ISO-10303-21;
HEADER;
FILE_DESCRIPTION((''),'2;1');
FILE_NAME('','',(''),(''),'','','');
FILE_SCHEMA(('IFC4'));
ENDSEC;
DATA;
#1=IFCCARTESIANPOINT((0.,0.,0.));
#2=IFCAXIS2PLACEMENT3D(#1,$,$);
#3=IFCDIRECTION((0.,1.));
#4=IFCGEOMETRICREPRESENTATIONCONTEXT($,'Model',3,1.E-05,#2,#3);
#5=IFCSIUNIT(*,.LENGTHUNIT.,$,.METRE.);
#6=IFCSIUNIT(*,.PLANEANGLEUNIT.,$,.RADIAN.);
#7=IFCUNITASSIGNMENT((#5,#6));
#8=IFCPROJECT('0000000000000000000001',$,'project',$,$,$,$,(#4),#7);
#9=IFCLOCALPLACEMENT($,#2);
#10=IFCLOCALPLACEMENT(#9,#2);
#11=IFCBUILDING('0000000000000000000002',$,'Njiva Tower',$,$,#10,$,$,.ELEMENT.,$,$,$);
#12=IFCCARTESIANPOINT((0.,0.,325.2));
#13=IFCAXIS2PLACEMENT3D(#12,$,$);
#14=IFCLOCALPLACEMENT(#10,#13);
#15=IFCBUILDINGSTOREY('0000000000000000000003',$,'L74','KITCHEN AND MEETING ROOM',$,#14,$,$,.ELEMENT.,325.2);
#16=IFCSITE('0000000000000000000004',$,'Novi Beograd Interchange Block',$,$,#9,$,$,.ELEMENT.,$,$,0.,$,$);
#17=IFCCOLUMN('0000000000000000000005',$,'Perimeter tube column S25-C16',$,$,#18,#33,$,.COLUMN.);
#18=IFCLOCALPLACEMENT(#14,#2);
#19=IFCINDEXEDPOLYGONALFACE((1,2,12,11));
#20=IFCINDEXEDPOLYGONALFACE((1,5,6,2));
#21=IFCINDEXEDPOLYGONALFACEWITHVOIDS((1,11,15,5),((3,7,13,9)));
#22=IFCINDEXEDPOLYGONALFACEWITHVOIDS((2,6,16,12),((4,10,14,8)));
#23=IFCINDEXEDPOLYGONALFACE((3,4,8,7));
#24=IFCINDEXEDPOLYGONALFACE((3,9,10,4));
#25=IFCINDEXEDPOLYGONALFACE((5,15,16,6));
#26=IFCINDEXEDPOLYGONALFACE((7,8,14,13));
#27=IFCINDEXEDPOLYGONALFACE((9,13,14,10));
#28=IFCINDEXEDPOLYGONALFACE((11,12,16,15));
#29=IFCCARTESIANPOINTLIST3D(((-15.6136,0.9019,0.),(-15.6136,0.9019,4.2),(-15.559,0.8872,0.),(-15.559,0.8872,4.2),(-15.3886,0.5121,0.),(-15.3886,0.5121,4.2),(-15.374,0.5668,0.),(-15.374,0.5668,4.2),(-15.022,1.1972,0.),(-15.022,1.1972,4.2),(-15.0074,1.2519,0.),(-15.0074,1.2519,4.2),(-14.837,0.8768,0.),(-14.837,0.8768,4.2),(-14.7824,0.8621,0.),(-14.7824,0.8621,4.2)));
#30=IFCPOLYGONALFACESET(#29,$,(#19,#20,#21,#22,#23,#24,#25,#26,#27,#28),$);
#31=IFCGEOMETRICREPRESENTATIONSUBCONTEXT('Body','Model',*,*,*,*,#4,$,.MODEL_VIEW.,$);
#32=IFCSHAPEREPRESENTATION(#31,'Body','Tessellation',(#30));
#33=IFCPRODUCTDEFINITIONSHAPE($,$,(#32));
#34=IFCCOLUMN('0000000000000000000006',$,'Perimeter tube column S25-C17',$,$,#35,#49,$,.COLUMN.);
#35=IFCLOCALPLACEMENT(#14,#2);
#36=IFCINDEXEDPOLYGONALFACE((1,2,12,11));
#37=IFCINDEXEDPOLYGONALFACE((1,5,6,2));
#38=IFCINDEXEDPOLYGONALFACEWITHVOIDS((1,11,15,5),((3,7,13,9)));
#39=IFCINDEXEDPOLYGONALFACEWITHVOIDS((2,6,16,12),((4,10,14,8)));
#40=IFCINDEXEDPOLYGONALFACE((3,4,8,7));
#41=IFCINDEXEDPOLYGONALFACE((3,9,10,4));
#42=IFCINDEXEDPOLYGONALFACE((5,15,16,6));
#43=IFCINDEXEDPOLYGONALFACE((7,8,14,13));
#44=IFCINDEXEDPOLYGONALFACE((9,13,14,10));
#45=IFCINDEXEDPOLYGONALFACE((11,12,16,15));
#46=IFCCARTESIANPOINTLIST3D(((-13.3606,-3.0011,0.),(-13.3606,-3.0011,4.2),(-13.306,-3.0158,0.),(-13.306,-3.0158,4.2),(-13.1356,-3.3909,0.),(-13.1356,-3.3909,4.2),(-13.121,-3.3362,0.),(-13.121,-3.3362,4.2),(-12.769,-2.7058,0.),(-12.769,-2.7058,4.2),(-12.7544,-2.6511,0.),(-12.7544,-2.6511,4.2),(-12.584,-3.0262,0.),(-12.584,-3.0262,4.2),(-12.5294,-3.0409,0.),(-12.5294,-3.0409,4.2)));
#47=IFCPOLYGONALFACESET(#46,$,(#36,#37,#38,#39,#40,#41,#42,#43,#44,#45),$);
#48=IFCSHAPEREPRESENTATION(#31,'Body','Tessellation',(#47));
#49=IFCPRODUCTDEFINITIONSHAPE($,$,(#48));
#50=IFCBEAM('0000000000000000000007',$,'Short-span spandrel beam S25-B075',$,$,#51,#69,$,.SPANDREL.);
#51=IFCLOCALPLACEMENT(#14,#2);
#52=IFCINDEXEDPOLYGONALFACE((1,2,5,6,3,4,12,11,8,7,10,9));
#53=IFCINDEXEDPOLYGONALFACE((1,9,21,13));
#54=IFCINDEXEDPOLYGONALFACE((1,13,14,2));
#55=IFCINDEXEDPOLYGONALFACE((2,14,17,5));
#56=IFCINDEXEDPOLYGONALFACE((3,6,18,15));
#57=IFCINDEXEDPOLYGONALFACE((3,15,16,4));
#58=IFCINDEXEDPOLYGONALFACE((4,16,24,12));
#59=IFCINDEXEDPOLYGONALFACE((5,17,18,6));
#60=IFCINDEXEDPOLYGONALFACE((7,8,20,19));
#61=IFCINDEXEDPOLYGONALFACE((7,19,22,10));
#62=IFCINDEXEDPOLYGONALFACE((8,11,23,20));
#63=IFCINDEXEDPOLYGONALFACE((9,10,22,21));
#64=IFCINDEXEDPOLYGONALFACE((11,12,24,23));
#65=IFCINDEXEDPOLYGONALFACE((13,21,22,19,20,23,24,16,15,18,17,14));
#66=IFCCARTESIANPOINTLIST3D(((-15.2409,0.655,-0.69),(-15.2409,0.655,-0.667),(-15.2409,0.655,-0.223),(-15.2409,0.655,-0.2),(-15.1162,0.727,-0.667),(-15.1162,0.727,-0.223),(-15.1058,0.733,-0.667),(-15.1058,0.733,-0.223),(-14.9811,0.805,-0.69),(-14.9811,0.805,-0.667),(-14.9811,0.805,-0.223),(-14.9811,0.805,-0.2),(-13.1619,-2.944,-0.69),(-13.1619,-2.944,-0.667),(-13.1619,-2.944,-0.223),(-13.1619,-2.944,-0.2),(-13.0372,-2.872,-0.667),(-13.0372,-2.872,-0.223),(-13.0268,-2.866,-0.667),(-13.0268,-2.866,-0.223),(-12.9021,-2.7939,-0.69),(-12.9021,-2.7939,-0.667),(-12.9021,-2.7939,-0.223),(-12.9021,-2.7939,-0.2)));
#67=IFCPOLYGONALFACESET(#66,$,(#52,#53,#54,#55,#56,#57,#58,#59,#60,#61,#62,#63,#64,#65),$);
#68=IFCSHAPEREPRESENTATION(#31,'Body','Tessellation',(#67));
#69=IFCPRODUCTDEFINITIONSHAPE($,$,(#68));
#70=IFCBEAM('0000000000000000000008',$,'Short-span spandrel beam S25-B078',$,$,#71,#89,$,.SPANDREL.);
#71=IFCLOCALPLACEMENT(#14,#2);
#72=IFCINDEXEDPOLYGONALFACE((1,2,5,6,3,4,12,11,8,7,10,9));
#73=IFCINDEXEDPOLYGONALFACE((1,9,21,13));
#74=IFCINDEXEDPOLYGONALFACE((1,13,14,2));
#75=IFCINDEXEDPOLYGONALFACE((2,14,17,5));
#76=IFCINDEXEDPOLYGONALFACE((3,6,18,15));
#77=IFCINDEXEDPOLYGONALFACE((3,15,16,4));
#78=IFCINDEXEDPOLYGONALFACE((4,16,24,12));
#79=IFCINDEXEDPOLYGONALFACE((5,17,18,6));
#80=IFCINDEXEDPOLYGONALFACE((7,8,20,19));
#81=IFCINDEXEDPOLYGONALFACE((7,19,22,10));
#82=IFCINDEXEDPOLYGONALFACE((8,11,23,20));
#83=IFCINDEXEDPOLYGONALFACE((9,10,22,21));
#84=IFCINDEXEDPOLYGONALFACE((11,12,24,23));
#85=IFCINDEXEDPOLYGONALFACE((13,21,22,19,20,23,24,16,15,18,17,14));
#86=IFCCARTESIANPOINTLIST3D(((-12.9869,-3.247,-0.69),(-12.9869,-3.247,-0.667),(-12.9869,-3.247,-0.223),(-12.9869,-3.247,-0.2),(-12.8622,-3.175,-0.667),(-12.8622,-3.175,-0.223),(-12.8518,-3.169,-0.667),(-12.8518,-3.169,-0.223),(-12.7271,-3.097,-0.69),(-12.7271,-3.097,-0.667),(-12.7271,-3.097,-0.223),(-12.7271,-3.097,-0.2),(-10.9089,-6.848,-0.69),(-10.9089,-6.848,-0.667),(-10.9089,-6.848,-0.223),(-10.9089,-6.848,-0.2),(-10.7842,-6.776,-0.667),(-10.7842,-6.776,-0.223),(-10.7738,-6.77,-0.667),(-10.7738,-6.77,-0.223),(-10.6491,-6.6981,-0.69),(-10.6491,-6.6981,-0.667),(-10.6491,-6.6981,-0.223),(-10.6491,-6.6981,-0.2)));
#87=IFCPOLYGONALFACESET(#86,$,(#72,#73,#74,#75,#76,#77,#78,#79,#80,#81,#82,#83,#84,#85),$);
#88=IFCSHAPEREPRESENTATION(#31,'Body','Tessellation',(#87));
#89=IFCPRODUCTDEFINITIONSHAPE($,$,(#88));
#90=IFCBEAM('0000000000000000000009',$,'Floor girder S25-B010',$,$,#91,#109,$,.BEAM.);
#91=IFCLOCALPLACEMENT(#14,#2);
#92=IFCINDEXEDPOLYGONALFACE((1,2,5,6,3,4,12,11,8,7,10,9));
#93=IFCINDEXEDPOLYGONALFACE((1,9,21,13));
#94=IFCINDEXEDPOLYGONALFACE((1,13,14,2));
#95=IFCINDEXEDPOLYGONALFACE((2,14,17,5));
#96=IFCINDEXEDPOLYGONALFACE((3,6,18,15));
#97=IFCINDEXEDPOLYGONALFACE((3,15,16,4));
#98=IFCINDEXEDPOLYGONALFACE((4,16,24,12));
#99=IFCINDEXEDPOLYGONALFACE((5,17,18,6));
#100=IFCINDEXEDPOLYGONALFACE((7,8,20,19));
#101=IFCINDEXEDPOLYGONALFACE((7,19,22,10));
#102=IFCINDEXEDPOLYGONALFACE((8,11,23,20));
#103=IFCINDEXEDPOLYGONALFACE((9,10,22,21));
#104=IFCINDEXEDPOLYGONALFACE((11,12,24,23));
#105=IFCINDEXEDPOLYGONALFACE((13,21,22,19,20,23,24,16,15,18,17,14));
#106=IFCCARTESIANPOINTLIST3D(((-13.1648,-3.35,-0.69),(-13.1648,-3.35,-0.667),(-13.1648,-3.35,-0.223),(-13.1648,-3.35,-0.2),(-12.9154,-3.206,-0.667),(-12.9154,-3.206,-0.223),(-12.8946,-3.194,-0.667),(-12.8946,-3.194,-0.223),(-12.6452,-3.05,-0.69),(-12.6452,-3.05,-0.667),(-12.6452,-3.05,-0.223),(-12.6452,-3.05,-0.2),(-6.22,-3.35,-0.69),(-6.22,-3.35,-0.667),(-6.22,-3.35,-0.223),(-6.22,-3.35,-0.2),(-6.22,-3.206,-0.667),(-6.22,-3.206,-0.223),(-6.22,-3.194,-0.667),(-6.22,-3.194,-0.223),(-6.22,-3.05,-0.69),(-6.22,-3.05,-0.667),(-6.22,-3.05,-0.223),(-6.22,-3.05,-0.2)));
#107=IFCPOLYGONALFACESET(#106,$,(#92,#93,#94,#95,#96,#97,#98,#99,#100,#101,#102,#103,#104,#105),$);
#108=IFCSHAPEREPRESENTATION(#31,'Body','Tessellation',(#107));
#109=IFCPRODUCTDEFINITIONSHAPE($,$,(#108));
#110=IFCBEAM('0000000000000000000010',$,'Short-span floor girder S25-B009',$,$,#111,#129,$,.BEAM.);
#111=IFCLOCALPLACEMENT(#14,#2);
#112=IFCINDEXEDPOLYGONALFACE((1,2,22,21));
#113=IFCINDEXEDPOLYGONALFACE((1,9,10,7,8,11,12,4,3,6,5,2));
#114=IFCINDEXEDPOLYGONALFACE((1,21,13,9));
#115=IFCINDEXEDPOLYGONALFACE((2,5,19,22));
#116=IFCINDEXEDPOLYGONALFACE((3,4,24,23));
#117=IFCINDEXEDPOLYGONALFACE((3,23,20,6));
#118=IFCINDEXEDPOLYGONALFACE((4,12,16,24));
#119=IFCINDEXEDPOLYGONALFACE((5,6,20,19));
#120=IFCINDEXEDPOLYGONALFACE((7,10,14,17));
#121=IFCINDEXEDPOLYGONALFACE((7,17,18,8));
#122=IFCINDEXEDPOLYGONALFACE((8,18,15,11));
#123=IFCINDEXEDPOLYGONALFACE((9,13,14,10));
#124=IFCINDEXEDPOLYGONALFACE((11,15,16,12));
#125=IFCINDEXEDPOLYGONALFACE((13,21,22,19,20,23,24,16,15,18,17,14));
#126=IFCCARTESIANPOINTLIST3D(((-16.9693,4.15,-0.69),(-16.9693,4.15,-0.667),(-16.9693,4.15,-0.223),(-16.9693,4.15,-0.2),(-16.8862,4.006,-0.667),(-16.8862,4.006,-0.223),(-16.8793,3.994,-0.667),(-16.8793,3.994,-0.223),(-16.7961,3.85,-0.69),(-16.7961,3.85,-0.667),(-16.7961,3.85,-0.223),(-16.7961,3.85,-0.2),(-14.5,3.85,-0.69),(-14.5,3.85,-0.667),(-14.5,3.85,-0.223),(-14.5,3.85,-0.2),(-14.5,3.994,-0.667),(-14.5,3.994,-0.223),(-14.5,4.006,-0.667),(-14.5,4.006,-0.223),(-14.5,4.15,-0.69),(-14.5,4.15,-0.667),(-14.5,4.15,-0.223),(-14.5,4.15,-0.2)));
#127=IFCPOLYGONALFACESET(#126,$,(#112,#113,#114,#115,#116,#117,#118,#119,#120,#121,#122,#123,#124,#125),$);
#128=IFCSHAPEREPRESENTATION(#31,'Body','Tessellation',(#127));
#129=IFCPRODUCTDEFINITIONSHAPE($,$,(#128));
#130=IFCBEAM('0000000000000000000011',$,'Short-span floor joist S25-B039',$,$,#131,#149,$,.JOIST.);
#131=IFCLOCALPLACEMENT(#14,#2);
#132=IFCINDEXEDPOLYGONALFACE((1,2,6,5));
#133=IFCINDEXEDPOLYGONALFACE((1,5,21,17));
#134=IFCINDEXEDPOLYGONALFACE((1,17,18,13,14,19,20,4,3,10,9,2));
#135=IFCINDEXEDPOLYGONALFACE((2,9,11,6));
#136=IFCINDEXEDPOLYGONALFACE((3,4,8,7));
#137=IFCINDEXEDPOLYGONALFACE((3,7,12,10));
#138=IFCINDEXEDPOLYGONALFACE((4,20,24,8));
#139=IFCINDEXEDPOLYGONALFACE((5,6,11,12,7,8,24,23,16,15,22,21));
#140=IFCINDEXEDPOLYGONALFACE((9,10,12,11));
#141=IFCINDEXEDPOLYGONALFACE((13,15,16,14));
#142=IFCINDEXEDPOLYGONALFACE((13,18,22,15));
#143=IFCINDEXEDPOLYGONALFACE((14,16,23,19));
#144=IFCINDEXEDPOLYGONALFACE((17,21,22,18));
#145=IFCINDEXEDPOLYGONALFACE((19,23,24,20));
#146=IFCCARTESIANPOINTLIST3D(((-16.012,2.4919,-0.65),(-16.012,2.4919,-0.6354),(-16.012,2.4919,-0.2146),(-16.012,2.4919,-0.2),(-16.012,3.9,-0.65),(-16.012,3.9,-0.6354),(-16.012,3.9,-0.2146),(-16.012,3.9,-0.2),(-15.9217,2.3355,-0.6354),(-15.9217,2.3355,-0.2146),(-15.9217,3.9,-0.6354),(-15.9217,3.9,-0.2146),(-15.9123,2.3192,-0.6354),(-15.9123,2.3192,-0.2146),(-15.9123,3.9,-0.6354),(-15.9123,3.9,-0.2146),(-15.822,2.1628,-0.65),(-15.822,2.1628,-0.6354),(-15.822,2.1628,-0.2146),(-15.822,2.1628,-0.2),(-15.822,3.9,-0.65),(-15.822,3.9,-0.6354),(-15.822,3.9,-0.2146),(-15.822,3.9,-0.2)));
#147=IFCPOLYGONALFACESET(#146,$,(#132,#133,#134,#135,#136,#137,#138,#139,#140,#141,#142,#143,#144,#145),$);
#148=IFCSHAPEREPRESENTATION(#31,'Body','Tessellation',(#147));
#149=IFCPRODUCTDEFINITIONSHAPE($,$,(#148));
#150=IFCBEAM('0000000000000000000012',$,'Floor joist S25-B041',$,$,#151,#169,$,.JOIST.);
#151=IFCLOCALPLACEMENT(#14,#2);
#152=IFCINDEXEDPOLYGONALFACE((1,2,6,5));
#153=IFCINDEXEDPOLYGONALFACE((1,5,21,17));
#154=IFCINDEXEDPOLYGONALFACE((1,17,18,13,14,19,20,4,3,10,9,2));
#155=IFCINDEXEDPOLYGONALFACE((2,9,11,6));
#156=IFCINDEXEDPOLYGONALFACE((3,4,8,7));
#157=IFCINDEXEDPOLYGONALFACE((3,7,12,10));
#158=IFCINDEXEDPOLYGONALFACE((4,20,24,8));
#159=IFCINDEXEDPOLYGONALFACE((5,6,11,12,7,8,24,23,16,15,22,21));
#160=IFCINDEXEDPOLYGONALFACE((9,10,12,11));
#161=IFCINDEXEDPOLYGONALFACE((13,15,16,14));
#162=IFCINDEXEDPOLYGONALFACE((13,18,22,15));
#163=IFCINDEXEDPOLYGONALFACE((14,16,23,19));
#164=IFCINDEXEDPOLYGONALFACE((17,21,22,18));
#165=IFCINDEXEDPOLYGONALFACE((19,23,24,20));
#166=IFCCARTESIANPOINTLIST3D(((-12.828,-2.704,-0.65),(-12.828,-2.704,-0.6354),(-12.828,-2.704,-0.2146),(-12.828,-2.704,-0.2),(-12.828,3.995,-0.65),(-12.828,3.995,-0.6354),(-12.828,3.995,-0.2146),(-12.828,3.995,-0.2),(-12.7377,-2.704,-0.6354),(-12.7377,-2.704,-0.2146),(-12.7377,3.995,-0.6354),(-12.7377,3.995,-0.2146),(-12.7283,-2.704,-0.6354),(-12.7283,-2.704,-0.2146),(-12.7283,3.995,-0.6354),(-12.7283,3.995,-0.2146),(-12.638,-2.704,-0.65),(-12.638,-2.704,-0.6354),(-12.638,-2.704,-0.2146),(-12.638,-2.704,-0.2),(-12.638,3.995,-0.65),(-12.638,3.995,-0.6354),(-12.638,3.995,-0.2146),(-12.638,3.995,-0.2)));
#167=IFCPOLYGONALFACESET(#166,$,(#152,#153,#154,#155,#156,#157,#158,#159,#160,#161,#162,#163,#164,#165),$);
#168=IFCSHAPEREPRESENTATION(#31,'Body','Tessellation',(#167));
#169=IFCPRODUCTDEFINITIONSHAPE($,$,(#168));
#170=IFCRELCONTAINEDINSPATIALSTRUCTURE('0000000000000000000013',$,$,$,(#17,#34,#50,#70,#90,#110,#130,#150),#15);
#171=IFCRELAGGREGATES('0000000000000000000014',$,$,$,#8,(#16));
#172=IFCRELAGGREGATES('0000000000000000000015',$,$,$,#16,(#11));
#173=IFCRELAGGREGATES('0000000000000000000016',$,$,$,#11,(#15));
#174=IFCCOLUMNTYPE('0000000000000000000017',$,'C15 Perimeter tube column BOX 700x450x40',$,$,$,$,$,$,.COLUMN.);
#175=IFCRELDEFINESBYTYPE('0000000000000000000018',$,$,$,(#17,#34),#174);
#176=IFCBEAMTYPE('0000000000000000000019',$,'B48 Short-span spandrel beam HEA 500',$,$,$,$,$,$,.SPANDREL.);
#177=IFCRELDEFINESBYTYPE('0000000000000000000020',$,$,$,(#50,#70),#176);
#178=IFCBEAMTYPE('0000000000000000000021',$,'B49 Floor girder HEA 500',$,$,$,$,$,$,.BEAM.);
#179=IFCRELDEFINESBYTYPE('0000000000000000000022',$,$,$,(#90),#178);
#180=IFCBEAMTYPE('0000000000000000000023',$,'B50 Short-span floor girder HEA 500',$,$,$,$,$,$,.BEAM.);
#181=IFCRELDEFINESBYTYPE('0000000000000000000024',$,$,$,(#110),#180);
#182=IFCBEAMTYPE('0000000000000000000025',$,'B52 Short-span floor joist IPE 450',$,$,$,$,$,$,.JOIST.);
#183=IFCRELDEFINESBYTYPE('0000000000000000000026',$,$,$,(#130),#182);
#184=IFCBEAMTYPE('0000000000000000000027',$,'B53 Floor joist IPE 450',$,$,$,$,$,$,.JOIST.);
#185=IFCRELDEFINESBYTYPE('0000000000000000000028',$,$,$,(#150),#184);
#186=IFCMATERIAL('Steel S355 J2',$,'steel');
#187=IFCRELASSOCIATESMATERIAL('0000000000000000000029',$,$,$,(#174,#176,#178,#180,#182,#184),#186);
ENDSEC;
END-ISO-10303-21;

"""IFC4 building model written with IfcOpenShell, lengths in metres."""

from ifc_helpers import new_model, si_unit, direction, frame, origin, origin_2d, place, context, subcontext, project, spatial, hollow_rectangle, i_section, extrude, clip, halfspace, material, material_profile, profile_set, type_object, element, save


model = new_model("IFC4")

# Units and contexts
model_context = context("Model", 3, precision=1e-05, world=origin(), true_north=direction((0.0, 1.0)))
body_context = subcontext(model_context, "Body", "Model", "MODEL_VIEW")
ifc_project = project(units=[si_unit("LENGTHUNIT", "METRE"), si_unit("PLANEANGLEUNIT", "RADIAN")], contexts=[model_context])

# Site, building, storey
site_placement = place(None, origin())
site = spatial("IfcSite", under=ifc_project, at=site_placement, Name="Novi Beograd Interchange Block", CompositionType="ELEMENT", RefElevation=0.0)
building_placement = place(site_placement, origin())
building = spatial("IfcBuilding", under=site, at=building_placement, Name="Njiva Tower", CompositionType="ELEMENT")
storey_placement = place(building_placement, frame((0.0, 0.0, 325.2)))
storey = spatial("IfcBuildingStorey", under=building, at=storey_placement, Name="L74", Description="KITCHEN AND MEETING ROOM", CompositionType="ELEMENT", Elevation=325.2)

# Columns
ifc_material_1 = material(Name="Steel S355 J2", Category="steel")
ifc_material_profile_1 = material_profile(ifc_material_1, hollow_rectangle(XDim=0.45, YDim=0.7, WallThickness=0.04, at=origin_2d()), Name="BOX 700x450x40")
ifc_profile_set_1 = profile_set([ifc_material_profile_1], Name="Steel S355 J2")
column_type = type_object("IfcColumnType", Name="C15 Perimeter tube column BOX 700x450x40", PredefinedType="COLUMN", material=ifc_profile_set_1)
for number, where, z_axis, x_axis, name in (
    (1, (-15.198, 0.882, 0.0), (0.0, 0.0, 1.0), (0.5, -0.866025, 0.0), "Perimeter tube column S25-C16"),
    (2, (-12.945, -3.021, 0.0), (0.0, 0.0, 1.0), (0.5, -0.866025, 0.0), "Perimeter tube column S25-C17"),
):
    element("IfcColumn", number, at=place(storey_placement, frame(where, z_axis=z_axis, x_axis=x_axis)), inside=storey, type_object=column_type, Name=name, PredefinedType="COLUMN", context=body_context, shape_type="SweptSolid", body=[
        extrude(hollow_rectangle(XDim=0.45, YDim=0.7, WallThickness=0.04, at=origin_2d()), origin(), (0.0, 0.0, 1.0), 4.2),
    ])

# Beams
ifc_material_profile_2 = material_profile(ifc_material_1, i_section(OverallWidth=0.3, OverallDepth=0.49, WebThickness=0.012, FlangeThickness=0.023, at=origin_2d()), Name="HEA 500")
ifc_profile_set_2 = profile_set([ifc_material_profile_2], Name="Steel S355 J2")
beam_type_1 = type_object("IfcBeamType", Name="B48 Short-span spandrel beam HEA 500", PredefinedType="SPANDREL", material=ifc_profile_set_2)
beam_1_placement = place(storey_placement, frame((-15.111, 0.73, -0.445), z_axis=(0.500201, -0.865909, 0.0), x_axis=(0.865909, 0.500201, 0.0)))
element("IfcBeam", 3, at=beam_1_placement, inside=storey, type_object=beam_type_1, Name="Short-span spandrel beam S25-B075", PredefinedType="SPANDREL", context=body_context, shape_type="SweptSolid", body=[
    extrude(i_section(OverallWidth=0.3, OverallDepth=0.49, WebThickness=0.012, FlangeThickness=0.023, at=origin_2d()), origin(), (0.0, 0.0, 1.0), 4.1563),
])
beam_2_placement = place(storey_placement, frame((-12.857, -3.172, -0.445), z_axis=(0.499813, -0.866134, 0.0), x_axis=(0.866134, 0.499813, 0.0)))
element("IfcBeam", 4, at=beam_2_placement, inside=storey, type_object=beam_type_1, Name="Short-span spandrel beam S25-B078", PredefinedType="SPANDREL", context=body_context, shape_type="SweptSolid", body=[
    extrude(i_section(OverallWidth=0.3, OverallDepth=0.49, WebThickness=0.012, FlangeThickness=0.023, at=origin_2d()), origin(), (0.0, 0.0, 1.0), 4.1576),
])
ifc_material_profile_3 = material_profile(ifc_material_1, i_section(OverallWidth=0.3, OverallDepth=0.49, WebThickness=0.012, FlangeThickness=0.023, at=origin_2d()), Name="HEA 500")
ifc_profile_set_3 = profile_set([ifc_material_profile_3], Name="Steel S355 J2")
beam_type_2 = type_object("IfcBeamType", Name="B49 Floor girder HEA 500", PredefinedType="BEAM", material=ifc_profile_set_3)
beam_3_placement = place(storey_placement, frame((-13.185, -3.2, -0.445), z_axis=(1.0, 0.0, 0.0), x_axis=(0.0, 1.0, 0.0)))
element("IfcBeam", 5, at=beam_3_placement, inside=storey, type_object=beam_type_2, Name="Floor girder S25-B010", PredefinedType="BEAM", context=body_context, shape_type="Clipping", body=[
    clip(extrude(i_section(OverallWidth=0.3, OverallDepth=0.49, WebThickness=0.012, FlangeThickness=0.023, at=origin_2d()), origin(), (0.0, 0.0, 1.0), 6.965), halfspace(frame((0.0433, 0.0, 0.355), z_axis=(0.866027, 0.0, -0.499998), x_axis=(0.0, -1.0, 0.0)), False)),
])
ifc_material_profile_4 = material_profile(ifc_material_1, i_section(OverallWidth=0.3, OverallDepth=0.49, WebThickness=0.012, FlangeThickness=0.023, at=origin_2d()), Name="HEA 500")
ifc_profile_set_4 = profile_set([ifc_material_profile_4], Name="Steel S355 J2")
beam_type_3 = type_object("IfcBeamType", Name="B50 Short-span floor girder HEA 500", PredefinedType="BEAM", material=ifc_profile_set_4)
beam_4_placement = place(storey_placement, frame((-16.99, 4.0, -0.445), z_axis=(1.0, 0.0, 0.0), x_axis=(0.0, 1.0, 0.0)))
element("IfcBeam", 6, at=beam_4_placement, inside=storey, type_object=beam_type_3, Name="Short-span floor girder S25-B009", PredefinedType="BEAM", context=body_context, shape_type="Clipping", body=[
    clip(extrude(i_section(OverallWidth=0.3, OverallDepth=0.49, WebThickness=0.012, FlangeThickness=0.023, at=origin_2d()), origin(), (0.0, 0.0, 1.0), 2.49), halfspace(frame((-0.025, 0.0, 0.1217), z_axis=(-0.499998, 0.0, -0.866027), x_axis=(0.0, -1.0, 0.0)), False)),
])
ifc_material_profile_5 = material_profile(ifc_material_1, i_section(OverallWidth=0.19, OverallDepth=0.45, WebThickness=0.0094, FlangeThickness=0.0146, at=origin_2d()), Name="IPE 450")
ifc_profile_set_5 = profile_set([ifc_material_profile_5], Name="Steel S355 J2")
beam_type_4 = type_object("IfcBeamType", Name="B52 Short-span floor joist IPE 450", PredefinedType="JOIST", material=ifc_profile_set_5)
beam_5_placement = place(storey_placement, frame((-15.917, 3.9, -0.425), z_axis=(0.0, -1.0, 0.0), x_axis=(1.0, 0.0, 0.0)))
element("IfcBeam", 7, at=beam_5_placement, inside=storey, type_object=beam_type_4, Name="Short-span floor joist S25-B039", PredefinedType="JOIST", context=body_context, shape_type="Clipping", body=[
    clip(extrude(i_section(OverallWidth=0.19, OverallDepth=0.45, WebThickness=0.0094, FlangeThickness=0.0146, at=origin_2d()), origin(), (0.0, 0.0, 1.0), 1.758), halfspace(frame((-0.043, 0.0, 1.4982), z_axis=(-0.866027, 0.0, 0.499998), x_axis=(0.0, 1.0, 0.0)), False)),
])
ifc_material_profile_6 = material_profile(ifc_material_1, i_section(OverallWidth=0.19, OverallDepth=0.45, WebThickness=0.0094, FlangeThickness=0.0146, at=origin_2d()), Name="IPE 450")
ifc_profile_set_6 = profile_set([ifc_material_profile_6], Name="Steel S355 J2")
beam_type_5 = type_object("IfcBeamType", Name="B53 Floor joist IPE 450", PredefinedType="JOIST", material=ifc_profile_set_6)
beam_6_placement = place(storey_placement, frame((-12.733, 3.995, -0.425), z_axis=(0.0, -1.0, 0.0), x_axis=(1.0, 0.0, 0.0)))
element("IfcBeam", 8, at=beam_6_placement, inside=storey, type_object=beam_type_5, Name="Floor joist S25-B041", PredefinedType="JOIST", context=body_context, shape_type="SweptSolid", body=[
    extrude(i_section(OverallWidth=0.19, OverallDepth=0.45, WebThickness=0.0094, FlangeThickness=0.0146, at=origin_2d()), origin(), (0.0, 0.0, 1.0), 6.699),
])

save(model, "model.ifc")
